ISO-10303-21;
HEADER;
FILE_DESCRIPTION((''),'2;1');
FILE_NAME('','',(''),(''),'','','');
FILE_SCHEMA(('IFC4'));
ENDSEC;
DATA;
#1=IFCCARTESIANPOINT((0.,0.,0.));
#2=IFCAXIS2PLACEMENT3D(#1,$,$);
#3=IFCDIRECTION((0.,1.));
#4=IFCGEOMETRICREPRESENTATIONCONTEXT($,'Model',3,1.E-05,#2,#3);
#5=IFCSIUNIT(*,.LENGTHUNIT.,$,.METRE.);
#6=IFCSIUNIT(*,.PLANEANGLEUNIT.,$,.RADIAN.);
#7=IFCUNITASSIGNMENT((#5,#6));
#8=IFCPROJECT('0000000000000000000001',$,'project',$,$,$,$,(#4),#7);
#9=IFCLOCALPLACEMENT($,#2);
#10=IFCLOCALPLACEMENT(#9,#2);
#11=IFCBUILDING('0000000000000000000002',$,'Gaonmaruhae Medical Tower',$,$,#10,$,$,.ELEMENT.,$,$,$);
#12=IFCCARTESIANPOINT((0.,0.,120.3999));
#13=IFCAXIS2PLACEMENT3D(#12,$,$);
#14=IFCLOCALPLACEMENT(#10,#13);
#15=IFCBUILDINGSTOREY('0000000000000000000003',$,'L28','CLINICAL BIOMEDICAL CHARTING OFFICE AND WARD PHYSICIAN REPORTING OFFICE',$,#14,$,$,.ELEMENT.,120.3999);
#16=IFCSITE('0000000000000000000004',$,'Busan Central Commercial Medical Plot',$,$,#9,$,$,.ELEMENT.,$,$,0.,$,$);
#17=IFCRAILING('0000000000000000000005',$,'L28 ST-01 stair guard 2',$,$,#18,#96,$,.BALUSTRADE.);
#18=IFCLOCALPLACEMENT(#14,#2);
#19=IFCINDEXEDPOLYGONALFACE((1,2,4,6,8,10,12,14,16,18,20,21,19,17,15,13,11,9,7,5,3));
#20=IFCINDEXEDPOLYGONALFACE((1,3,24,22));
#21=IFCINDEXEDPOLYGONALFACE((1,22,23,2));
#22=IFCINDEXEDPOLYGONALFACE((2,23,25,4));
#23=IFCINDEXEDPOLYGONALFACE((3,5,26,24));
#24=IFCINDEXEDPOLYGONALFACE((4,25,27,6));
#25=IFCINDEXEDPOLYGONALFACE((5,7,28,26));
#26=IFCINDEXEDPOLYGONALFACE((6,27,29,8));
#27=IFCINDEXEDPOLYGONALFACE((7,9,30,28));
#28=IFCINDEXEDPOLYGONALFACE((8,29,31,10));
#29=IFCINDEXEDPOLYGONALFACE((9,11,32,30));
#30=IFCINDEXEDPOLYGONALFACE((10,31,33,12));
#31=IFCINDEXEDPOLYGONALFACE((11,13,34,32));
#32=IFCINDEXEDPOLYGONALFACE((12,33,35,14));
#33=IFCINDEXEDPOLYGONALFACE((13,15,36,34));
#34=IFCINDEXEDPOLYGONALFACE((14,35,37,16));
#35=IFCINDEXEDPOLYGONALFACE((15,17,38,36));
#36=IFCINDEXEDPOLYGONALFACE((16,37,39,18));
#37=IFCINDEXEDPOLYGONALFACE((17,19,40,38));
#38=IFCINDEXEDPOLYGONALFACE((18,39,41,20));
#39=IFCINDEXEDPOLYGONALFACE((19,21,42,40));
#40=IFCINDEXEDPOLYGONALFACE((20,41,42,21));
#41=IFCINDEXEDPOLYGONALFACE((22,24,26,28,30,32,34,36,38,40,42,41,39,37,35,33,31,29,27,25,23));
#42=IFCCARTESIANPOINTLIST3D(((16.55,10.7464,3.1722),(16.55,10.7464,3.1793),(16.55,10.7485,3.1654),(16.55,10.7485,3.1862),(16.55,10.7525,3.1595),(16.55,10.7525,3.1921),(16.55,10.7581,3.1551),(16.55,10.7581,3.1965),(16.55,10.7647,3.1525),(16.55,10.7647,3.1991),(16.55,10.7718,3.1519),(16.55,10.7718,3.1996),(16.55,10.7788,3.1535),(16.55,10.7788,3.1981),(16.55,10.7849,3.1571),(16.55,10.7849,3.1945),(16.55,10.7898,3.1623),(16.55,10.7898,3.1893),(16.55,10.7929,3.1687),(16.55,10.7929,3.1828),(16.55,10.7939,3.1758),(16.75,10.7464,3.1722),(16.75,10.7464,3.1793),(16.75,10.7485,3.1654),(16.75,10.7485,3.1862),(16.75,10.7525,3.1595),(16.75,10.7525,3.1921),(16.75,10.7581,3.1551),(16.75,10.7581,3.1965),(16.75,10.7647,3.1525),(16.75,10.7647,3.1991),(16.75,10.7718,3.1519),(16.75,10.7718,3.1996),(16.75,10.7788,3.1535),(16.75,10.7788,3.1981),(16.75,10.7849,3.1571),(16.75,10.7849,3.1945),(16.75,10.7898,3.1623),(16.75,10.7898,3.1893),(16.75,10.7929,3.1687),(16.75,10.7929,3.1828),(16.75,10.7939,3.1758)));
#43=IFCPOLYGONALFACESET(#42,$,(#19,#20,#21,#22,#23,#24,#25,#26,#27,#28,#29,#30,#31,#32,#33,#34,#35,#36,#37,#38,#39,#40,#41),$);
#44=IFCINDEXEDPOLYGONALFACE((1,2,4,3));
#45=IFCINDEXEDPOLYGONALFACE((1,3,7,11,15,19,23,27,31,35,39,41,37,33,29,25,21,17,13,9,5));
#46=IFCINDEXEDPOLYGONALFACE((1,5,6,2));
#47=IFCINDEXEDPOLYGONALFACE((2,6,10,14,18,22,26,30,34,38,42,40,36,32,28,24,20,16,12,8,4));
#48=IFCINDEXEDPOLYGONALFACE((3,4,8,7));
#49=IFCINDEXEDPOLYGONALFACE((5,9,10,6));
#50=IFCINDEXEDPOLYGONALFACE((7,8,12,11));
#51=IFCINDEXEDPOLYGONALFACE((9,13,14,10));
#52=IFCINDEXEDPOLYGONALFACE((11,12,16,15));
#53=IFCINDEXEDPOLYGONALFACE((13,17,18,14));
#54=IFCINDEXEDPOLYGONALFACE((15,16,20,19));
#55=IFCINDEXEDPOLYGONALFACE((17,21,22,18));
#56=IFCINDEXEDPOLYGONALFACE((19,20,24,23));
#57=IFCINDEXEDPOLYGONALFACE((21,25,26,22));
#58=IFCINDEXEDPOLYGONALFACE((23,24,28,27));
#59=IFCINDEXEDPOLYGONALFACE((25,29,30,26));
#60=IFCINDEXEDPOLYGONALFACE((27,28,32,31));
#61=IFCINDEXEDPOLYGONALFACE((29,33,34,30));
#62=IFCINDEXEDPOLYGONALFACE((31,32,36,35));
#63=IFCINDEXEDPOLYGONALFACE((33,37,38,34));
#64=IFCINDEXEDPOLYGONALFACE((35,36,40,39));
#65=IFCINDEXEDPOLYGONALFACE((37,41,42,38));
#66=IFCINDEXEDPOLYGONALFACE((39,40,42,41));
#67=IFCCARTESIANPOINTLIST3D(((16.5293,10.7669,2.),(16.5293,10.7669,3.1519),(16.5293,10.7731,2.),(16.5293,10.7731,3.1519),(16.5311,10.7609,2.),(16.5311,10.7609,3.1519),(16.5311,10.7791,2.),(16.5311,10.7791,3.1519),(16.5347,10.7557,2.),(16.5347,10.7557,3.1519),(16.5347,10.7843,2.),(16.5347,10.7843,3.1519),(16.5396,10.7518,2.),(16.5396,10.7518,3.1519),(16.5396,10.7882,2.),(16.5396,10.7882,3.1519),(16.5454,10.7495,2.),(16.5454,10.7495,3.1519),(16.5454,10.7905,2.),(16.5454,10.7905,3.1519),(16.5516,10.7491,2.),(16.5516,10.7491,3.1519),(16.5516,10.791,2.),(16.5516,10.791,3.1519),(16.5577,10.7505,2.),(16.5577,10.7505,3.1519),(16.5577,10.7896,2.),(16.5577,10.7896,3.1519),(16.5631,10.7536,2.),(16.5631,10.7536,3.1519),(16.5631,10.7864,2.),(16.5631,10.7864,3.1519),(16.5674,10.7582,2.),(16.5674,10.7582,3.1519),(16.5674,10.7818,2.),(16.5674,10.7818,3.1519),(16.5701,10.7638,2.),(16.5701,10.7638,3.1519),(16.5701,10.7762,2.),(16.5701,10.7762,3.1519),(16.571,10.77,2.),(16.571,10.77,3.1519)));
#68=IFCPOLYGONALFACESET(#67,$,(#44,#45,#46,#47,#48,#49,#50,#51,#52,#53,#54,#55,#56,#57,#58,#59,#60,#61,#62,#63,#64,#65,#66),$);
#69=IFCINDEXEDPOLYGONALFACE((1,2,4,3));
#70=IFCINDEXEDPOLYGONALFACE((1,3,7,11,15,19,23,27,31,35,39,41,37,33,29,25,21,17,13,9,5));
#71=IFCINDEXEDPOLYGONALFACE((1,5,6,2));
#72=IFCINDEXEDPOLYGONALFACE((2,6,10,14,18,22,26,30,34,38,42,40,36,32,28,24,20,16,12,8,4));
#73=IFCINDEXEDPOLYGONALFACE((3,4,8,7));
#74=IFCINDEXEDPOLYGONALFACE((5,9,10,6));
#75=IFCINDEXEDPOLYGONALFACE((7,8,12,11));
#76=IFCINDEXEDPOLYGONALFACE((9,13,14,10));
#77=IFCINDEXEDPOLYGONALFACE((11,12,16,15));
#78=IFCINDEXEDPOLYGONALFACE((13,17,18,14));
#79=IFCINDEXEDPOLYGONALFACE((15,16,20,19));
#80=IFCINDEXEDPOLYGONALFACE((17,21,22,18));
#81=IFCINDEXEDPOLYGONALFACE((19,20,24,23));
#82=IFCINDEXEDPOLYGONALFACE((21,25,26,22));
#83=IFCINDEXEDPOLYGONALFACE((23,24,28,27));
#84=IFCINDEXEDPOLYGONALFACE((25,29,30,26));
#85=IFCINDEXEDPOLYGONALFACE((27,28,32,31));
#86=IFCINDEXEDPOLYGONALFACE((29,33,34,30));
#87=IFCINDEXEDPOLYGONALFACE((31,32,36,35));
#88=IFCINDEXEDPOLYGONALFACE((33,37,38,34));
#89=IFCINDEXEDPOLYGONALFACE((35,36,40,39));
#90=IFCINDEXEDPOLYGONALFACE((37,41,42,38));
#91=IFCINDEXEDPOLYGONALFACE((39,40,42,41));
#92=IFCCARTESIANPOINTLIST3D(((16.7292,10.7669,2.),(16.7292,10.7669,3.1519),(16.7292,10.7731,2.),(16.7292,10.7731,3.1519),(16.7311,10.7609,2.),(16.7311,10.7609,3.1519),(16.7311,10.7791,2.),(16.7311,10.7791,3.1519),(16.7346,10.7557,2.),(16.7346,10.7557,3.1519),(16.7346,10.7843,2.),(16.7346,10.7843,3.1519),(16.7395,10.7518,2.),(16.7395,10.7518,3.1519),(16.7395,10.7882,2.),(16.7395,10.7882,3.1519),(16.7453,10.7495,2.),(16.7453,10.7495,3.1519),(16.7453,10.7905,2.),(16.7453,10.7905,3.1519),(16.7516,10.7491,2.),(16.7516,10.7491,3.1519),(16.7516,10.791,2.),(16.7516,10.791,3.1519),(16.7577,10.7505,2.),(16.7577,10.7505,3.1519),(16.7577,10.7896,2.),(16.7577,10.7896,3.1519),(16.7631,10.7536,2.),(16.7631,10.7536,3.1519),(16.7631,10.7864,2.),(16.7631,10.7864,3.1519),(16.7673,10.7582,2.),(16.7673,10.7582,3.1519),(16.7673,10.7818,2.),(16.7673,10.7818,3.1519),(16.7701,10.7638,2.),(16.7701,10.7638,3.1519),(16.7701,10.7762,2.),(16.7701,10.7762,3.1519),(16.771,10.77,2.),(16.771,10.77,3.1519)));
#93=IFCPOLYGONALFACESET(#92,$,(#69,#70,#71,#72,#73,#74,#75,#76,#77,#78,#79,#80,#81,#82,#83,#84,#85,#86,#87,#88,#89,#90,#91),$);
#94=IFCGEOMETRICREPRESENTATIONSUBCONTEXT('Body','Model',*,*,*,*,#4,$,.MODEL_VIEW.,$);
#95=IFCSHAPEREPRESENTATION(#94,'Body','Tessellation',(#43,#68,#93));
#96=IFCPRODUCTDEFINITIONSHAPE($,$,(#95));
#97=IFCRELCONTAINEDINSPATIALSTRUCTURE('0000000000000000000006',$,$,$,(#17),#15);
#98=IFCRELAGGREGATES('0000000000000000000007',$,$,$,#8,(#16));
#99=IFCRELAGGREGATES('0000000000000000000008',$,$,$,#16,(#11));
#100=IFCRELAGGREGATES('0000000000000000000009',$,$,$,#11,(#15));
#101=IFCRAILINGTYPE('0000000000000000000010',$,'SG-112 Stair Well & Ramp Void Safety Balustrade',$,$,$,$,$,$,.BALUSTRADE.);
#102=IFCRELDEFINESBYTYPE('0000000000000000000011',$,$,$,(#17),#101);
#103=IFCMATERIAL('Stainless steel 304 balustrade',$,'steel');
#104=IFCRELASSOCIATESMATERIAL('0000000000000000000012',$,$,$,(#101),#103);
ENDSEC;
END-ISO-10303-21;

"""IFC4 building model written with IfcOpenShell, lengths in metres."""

from ifc_helpers import new_model, si_unit, direction, frame, origin, origin_2d, place, context, subcontext, project, spatial, circle, extrude, material, type_object, element, save


model = new_model("IFC4")

# Units and contexts
model_context = context("Model", 3, precision=1e-05, world=origin(), true_north=direction((0.0, 1.0)))
body_context = subcontext(model_context, "Body", "Model", "MODEL_VIEW")
ifc_project = project(units=[si_unit("LENGTHUNIT", "METRE"), si_unit("PLANEANGLEUNIT", "RADIAN")], contexts=[model_context])

# Site, building, storey
site_placement = place(None, origin())
site = spatial("IfcSite", under=ifc_project, at=site_placement, Name="Busan Central Commercial Medical Plot", CompositionType="ELEMENT", RefElevation=0.0)
building_placement = place(site_placement, origin())
building = spatial("IfcBuilding", under=site, at=building_placement, Name="Gaonmaruhae Medical Tower", CompositionType="ELEMENT")
storey_placement = place(building_placement, frame((0.0, 0.0, 120.3999)))
storey = spatial("IfcBuildingStorey", under=building, at=storey_placement, Name="L28", Description="CLINICAL BIOMEDICAL CHARTING OFFICE AND WARD PHYSICIAN REPORTING OFFICE", CompositionType="ELEMENT", Elevation=120.3999)

# Railing
ifc_material_1 = material(Name="Stainless steel 304 balustrade", Category="steel")
railing_type_1 = type_object("IfcRailingType", Name="SG-112 Stair Well & Ramp Void Safety Balustrade", PredefinedType="BALUSTRADE", material=ifc_material_1)
railing_1_placement = place(storey_placement, frame((16.55, 10.77, 2.0)))
element("IfcRailing", 1, at=railing_1_placement, inside=storey, type_object=railing_type_1, Name="L28 ST-01 stair guard 2", PredefinedType="BALUSTRADE", context=body_context, shape_type="SweptSolid", body=[
    extrude(circle(Radius=0.0239, at=origin_2d()), frame((0.0, 0.0, 1.1758), z_axis=(1.0, 0.0, 0.0), x_axis=(0.0, 1.0, 0.0)), (0.0, 0.0, 1.0), 0.2),
    extrude(circle(Radius=0.021, at=origin_2d()), origin(), (0.0, 0.0, 1.0), 1.1519),
    extrude(circle(Radius=0.021, at=origin_2d()), frame((0.2, 0.0, 0.0)), (0.0, 0.0, 1.0), 1.1519),
])

save(model, "model.ifc")
